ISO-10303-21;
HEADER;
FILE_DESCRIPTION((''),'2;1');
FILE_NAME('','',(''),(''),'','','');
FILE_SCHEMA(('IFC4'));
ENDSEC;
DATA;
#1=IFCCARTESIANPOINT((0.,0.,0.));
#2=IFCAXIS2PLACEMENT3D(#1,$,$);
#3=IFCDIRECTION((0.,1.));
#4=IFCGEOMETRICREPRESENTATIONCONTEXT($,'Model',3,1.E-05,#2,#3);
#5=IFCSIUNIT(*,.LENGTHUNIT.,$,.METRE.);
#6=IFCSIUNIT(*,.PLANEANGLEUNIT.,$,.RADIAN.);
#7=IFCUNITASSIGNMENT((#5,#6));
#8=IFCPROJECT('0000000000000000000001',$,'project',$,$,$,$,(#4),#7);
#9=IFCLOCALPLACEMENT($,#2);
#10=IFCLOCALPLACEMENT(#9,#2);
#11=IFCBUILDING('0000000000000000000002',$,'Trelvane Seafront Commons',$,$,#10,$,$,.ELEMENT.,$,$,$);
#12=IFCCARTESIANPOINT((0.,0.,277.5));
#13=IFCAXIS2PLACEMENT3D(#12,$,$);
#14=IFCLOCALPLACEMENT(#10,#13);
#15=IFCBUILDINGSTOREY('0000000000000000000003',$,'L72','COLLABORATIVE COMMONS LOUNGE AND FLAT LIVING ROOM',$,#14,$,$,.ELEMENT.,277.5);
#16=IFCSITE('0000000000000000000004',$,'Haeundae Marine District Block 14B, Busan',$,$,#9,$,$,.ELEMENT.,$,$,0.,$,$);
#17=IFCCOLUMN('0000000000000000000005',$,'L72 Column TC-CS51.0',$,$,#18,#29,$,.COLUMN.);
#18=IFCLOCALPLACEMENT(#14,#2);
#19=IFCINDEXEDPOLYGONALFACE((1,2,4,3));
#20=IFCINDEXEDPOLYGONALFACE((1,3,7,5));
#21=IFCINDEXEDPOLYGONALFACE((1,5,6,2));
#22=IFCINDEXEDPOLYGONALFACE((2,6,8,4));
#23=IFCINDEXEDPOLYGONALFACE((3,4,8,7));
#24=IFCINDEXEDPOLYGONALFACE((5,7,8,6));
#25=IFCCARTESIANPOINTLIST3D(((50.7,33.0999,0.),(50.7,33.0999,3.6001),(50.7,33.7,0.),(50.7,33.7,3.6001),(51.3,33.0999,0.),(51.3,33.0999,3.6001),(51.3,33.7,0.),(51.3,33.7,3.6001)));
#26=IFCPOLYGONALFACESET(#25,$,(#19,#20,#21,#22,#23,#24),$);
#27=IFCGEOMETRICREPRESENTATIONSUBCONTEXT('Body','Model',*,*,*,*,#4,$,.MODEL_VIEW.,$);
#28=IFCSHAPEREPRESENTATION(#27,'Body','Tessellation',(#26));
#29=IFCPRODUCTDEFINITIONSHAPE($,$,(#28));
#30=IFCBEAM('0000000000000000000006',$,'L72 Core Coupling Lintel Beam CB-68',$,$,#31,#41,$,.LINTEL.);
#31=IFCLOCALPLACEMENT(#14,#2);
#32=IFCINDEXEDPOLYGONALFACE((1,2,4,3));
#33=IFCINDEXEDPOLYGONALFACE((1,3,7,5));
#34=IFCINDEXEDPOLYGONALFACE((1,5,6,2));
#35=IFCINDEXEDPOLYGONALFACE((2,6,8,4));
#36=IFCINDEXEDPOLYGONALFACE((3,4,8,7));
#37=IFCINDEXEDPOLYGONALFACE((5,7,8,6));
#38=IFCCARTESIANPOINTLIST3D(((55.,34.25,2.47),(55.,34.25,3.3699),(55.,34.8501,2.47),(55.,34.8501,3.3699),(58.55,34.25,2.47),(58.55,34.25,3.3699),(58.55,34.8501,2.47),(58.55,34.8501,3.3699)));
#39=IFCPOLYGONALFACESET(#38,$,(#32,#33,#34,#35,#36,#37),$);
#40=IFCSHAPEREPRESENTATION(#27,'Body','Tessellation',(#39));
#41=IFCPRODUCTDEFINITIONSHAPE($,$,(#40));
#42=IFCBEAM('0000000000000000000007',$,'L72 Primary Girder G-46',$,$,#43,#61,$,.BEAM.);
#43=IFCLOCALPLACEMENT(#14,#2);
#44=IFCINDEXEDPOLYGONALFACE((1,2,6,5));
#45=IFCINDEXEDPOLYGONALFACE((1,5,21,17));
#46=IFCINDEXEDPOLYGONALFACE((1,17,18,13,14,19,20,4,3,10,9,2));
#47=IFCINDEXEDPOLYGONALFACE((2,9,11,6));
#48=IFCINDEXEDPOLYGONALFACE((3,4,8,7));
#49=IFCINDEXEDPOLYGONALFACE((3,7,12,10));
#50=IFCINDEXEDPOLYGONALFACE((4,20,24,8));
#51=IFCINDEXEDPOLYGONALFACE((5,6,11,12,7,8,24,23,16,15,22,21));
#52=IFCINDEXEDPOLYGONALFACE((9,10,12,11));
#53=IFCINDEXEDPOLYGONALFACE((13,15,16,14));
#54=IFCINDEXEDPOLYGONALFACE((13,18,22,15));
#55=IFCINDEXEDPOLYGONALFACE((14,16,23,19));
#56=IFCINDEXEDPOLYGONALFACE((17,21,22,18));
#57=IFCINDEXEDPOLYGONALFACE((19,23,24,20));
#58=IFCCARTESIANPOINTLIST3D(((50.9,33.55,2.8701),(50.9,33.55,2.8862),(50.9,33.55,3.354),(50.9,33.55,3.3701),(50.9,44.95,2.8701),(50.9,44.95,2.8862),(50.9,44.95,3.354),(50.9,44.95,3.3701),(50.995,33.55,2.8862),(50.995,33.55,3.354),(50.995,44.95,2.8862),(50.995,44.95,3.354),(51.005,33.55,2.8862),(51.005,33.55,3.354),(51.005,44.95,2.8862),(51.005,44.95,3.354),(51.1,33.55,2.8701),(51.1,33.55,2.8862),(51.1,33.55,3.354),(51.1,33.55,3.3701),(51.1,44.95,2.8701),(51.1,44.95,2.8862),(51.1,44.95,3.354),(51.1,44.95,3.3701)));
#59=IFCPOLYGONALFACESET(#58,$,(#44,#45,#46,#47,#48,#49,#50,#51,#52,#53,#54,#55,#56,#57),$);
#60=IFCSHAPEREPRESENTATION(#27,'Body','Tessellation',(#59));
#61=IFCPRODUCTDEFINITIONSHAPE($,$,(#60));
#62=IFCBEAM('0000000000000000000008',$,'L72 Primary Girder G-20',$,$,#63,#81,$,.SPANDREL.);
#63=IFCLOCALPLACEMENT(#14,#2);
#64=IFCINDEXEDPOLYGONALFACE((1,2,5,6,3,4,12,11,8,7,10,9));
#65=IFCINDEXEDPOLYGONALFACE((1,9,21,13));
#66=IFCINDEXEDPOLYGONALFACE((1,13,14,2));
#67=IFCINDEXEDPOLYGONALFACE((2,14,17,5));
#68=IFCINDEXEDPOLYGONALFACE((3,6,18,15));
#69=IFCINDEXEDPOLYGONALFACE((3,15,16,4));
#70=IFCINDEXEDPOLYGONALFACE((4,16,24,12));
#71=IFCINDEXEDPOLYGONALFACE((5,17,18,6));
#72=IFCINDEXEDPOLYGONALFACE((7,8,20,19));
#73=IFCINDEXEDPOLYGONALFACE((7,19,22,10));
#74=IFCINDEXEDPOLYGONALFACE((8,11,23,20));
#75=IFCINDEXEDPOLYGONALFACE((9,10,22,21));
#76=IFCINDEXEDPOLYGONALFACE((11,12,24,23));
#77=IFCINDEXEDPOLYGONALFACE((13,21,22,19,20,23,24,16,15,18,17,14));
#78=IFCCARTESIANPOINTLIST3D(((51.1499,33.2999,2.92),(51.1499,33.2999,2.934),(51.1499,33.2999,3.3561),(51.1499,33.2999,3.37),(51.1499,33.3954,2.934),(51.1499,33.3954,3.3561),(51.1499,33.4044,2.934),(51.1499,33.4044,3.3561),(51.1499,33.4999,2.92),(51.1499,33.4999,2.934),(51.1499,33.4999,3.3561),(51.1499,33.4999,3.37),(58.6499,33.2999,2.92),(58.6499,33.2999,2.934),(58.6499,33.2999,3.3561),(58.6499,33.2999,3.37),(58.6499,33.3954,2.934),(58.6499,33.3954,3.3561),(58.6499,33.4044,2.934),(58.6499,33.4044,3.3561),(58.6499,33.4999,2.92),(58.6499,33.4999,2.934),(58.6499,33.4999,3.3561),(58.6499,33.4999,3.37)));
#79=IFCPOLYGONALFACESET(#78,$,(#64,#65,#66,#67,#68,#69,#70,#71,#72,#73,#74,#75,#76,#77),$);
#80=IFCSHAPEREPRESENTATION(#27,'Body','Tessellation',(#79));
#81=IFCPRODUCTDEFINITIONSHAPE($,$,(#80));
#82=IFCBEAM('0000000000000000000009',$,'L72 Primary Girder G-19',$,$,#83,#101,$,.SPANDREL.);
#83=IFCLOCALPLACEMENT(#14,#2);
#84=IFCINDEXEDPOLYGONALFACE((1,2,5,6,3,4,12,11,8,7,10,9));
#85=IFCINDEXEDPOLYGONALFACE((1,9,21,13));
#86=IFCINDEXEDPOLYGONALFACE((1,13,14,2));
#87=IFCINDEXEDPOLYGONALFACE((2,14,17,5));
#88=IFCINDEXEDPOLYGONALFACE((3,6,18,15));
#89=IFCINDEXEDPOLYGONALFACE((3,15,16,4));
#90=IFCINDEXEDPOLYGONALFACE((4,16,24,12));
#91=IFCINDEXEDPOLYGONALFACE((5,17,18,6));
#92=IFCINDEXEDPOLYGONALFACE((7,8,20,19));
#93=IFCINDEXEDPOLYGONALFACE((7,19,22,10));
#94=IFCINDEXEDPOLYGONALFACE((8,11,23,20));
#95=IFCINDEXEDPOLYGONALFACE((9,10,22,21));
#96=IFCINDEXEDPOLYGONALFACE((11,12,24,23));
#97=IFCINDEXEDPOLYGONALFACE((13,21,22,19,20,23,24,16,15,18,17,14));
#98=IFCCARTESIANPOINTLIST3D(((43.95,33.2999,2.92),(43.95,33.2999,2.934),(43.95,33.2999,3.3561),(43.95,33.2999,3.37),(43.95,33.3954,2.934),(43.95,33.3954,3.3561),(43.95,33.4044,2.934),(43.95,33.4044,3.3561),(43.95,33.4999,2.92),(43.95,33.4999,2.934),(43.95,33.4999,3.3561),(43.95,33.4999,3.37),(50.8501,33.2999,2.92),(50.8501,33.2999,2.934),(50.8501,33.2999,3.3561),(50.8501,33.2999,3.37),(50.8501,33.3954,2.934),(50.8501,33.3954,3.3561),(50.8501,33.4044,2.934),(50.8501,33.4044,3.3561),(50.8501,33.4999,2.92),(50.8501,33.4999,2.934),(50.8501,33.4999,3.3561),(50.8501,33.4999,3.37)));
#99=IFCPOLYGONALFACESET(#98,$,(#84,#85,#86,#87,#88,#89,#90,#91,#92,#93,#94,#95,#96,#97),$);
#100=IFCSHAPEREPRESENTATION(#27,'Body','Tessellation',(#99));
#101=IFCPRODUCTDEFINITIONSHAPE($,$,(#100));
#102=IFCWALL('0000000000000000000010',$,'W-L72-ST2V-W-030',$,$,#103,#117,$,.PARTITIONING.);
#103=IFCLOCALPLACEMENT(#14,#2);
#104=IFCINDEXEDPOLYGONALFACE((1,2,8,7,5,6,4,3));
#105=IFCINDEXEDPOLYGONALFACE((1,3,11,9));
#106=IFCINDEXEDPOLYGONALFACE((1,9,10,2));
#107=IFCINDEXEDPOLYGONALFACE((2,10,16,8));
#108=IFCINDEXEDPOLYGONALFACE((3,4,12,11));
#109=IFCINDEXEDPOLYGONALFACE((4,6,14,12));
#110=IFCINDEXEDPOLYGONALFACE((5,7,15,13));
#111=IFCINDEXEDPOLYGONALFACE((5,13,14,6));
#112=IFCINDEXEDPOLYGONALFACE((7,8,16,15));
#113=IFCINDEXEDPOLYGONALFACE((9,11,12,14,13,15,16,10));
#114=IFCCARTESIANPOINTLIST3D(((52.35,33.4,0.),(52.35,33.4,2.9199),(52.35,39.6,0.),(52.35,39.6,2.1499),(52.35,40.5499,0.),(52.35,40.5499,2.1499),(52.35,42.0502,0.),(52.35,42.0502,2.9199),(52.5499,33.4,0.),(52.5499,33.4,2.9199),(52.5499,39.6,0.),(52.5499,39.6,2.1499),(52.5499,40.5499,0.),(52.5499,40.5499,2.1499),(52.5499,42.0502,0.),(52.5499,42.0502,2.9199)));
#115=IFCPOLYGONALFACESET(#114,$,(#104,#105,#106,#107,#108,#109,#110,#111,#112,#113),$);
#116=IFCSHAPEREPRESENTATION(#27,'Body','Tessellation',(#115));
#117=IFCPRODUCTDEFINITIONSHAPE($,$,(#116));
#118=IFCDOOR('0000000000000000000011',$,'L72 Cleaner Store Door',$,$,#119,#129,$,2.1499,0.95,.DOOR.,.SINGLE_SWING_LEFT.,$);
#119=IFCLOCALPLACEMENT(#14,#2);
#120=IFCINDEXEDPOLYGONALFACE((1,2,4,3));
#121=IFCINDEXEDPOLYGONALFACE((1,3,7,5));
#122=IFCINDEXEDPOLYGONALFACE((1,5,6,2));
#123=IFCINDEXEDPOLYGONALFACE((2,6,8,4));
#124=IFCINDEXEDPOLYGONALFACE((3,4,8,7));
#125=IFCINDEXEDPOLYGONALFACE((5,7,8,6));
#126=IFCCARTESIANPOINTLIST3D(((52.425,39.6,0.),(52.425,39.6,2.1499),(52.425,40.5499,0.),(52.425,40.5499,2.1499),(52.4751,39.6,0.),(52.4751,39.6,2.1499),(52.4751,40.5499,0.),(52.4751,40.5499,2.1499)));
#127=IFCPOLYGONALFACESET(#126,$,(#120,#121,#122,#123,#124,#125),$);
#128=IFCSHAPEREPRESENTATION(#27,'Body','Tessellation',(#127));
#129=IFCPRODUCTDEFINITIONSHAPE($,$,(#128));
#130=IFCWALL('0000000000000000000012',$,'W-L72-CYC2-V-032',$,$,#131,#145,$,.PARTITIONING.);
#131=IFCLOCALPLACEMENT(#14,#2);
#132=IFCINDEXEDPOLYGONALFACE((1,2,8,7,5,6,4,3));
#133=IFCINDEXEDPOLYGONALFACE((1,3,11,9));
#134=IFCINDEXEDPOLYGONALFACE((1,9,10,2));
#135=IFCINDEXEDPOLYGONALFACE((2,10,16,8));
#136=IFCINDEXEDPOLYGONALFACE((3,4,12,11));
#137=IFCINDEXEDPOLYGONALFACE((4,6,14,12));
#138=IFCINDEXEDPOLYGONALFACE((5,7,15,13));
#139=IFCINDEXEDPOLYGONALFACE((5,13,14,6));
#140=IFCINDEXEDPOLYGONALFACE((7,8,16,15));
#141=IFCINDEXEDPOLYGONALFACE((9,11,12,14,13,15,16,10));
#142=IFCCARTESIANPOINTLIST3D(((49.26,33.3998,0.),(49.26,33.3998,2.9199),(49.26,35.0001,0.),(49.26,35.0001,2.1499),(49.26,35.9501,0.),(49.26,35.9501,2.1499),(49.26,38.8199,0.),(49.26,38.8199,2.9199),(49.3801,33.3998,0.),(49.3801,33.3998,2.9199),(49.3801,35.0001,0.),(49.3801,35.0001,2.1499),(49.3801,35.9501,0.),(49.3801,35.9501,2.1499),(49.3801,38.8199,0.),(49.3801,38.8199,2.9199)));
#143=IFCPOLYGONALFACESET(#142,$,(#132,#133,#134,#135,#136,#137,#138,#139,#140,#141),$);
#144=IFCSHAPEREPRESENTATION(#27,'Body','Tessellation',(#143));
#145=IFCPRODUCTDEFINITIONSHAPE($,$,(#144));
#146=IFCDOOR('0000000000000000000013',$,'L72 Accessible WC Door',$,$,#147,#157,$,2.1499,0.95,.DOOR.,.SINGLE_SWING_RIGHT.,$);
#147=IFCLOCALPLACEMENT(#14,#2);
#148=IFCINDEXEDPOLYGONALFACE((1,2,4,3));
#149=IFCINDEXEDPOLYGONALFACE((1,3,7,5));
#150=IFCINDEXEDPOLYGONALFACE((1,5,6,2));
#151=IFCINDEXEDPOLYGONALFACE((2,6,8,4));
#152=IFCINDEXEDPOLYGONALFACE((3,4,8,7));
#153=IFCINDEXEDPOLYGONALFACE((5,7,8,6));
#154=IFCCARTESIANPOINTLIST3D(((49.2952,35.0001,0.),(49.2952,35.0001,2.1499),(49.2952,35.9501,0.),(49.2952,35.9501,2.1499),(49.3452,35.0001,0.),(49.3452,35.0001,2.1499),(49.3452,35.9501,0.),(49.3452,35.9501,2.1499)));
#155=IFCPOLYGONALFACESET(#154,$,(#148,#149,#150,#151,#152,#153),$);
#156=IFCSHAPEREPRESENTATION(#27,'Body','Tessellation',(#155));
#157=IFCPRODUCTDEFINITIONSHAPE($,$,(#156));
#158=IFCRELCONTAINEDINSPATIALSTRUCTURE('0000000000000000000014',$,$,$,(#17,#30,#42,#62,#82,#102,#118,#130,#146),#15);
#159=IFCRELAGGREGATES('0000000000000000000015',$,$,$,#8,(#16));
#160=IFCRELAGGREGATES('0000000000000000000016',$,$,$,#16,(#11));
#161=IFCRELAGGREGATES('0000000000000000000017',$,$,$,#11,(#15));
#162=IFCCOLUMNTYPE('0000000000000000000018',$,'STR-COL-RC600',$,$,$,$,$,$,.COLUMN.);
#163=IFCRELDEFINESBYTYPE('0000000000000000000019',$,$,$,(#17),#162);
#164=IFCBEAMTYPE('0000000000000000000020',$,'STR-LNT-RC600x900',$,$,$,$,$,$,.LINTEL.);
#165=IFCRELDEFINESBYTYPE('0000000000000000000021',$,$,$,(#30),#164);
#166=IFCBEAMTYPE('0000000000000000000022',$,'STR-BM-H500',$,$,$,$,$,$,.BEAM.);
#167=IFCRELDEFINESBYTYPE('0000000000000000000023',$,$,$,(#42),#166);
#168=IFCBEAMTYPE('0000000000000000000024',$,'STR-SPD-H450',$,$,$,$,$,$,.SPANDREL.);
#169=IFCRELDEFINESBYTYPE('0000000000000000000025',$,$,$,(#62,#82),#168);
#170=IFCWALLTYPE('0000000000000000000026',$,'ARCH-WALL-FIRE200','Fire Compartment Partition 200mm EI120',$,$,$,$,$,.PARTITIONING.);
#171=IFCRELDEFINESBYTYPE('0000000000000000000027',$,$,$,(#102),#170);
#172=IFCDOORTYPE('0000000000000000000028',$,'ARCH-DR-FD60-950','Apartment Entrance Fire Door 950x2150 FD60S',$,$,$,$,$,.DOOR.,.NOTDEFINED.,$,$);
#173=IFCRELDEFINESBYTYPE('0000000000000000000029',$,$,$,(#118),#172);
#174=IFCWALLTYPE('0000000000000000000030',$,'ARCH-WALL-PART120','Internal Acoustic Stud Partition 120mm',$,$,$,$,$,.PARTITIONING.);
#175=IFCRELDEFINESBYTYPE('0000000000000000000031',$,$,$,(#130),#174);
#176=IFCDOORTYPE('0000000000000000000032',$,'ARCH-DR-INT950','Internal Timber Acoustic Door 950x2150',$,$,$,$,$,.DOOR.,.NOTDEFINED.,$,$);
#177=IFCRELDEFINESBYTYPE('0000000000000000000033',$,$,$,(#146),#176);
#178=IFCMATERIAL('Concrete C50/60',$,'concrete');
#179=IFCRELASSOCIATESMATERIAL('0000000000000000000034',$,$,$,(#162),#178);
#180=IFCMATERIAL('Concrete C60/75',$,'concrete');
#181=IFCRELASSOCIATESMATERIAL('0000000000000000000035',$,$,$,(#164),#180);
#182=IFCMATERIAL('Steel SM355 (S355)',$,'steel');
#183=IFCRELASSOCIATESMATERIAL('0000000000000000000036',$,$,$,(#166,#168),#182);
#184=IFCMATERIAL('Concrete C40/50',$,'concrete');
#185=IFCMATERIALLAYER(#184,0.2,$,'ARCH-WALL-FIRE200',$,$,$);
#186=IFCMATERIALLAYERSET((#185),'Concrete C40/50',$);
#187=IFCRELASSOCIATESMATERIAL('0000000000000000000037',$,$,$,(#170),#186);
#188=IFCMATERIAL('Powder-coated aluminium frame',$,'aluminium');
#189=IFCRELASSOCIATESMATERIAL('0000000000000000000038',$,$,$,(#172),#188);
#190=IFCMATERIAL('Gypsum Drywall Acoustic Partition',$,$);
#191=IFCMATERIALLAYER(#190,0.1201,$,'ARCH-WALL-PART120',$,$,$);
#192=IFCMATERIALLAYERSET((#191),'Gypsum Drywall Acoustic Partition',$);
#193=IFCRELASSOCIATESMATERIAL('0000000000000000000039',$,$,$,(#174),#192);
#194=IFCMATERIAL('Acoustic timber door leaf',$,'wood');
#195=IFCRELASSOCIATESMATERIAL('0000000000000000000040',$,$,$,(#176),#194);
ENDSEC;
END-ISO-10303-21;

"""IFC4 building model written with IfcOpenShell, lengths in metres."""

from ifc_helpers import new_model, si_unit, direction, frame, frame_2d, origin, origin_2d, place, context, subcontext, project, spatial, rectangle, i_section, extrude, source, transform, mapped, material, layer, layer_set, material_profile, profile_set, type_object, element, fill, save


model = new_model("IFC4")

# Units and contexts
model_context = context("Model", 3, precision=1e-05, world=origin(), true_north=direction((0.0, 1.0)))
body_context = subcontext(model_context, "Body", "Model", "MODEL_VIEW")
ifc_project = project(units=[si_unit("LENGTHUNIT", "METRE"), si_unit("PLANEANGLEUNIT", "RADIAN")], contexts=[model_context])

# Site, building, storey
site_placement = place(None, origin())
site = spatial("IfcSite", under=ifc_project, at=site_placement, Name="Haeundae Marine District Block 14B, Busan", CompositionType="ELEMENT", RefElevation=0.0)
building_placement = place(site_placement, origin())
building = spatial("IfcBuilding", under=site, at=building_placement, Name="Trelvane Seafront Commons", CompositionType="ELEMENT")
storey_placement = place(building_placement, frame((0.0, 0.0, 277.5)))
storey = spatial("IfcBuildingStorey", under=building, at=storey_placement, Name="L72", Description="COLLABORATIVE COMMONS LOUNGE AND FLAT LIVING ROOM", CompositionType="ELEMENT", Elevation=277.5)

# Column
ifc_material_1 = material(Name="Concrete C50/60", Category="concrete")
ifc_material_profile_1 = material_profile(ifc_material_1, rectangle(XDim=0.6001, YDim=0.6001, at=origin_2d()), Name="RC-600x600")
ifc_profile_set_1 = profile_set([ifc_material_profile_1], Name="Concrete C50/60")
column_type = type_object("IfcColumnType", Name="STR-COL-RC600", PredefinedType="COLUMN", material=ifc_profile_set_1)
shared_shape_1 = source(origin(), body_context, "Body", "SweptSolid", [
    extrude(rectangle(XDim=0.6001, YDim=0.6001, at=origin_2d()), origin(), (0.0, 0.0, 1.0), 3.6001),
])
column_placement = place(storey_placement, frame((51.0, 33.3999, 0.0), z_axis=(0.0, 0.0, 1.0), x_axis=(1.0, 0.0, 0.0)))
element("IfcColumn", 1, at=column_placement, inside=storey, type_object=column_type, Name="L72 Column TC-CS51.0", PredefinedType="COLUMN", context=body_context, shape_type="MappedRepresentation", body=[
    mapped(shared_shape_1, transform((0.0, 0.0, 0.0), x_axis=(1.0, 0.0, 0.0), y_axis=(0.0, 1.0, 0.0), z_axis=(0.0, 0.0, 1.0), scale=1.0)),
])

# Beams
ifc_material_2 = material(Name="Concrete C60/75", Category="concrete")
ifc_material_profile_2 = material_profile(ifc_material_2, rectangle(XDim=0.6001, YDim=0.8999, at=origin_2d()), Name="RC-600x900")
ifc_profile_set_2 = profile_set([ifc_material_profile_2], Name="Concrete C60/75")
beam_type_1 = type_object("IfcBeamType", Name="STR-LNT-RC600x900", PredefinedType="LINTEL", material=ifc_profile_set_2)
shared_shape_2 = source(origin(), body_context, "Body", "SweptSolid", [
    extrude(rectangle(XDim=0.6001, YDim=0.8999, at=origin_2d()), origin(), (0.0, 0.0, 1.0), 3.55),
])
beam_1_placement = place(storey_placement, frame((55.0, 34.55, 2.9199), z_axis=(1.0, 0.0, 0.0), x_axis=(0.0, 1.0, 0.0)))
element("IfcBeam", 2, at=beam_1_placement, inside=storey, type_object=beam_type_1, Name="L72 Core Coupling Lintel Beam CB-68", PredefinedType="LINTEL", context=body_context, shape_type="MappedRepresentation", body=[
    mapped(shared_shape_2, transform((0.0, 0.0, 0.0), x_axis=(1.0, 0.0, 0.0), y_axis=(0.0, 1.0, 0.0), z_axis=(0.0, 0.0, 1.0), scale=1.0)),
])
ifc_material_3 = material(Name="Steel SM355 (S355)", Category="steel")
ifc_material_profile_3 = material_profile(ifc_material_3, i_section(OverallWidth=0.2, OverallDepth=0.5, WebThickness=0.01, FlangeThickness=0.0161, at=origin_2d()), Name="H-500x200x10x16")
ifc_profile_set_3 = profile_set([ifc_material_profile_3], Name="Steel SM355 (S355)")
beam_type_2 = type_object("IfcBeamType", Name="STR-BM-H500", PredefinedType="BEAM", material=ifc_profile_set_3)
shared_shape_3 = source(origin(), body_context, "Body", "SweptSolid", [
    extrude(i_section(OverallWidth=0.2, OverallDepth=0.5, WebThickness=0.01, FlangeThickness=0.0161, at=origin_2d()), origin(), (0.0, 0.0, 1.0), 11.3999),
])
beam_2_placement = place(storey_placement, frame((51.0, 33.55, 3.1201), z_axis=(0.0, 1.0, 0.0), x_axis=(-1.0, 0.0, 0.0)))
element("IfcBeam", 3, at=beam_2_placement, inside=storey, type_object=beam_type_2, Name="L72 Primary Girder G-46", PredefinedType="BEAM", context=body_context, shape_type="MappedRepresentation", body=[
    mapped(shared_shape_3, transform((0.0, 0.0, 0.0), x_axis=(1.0, 0.0, 0.0), y_axis=(0.0, 1.0, 0.0), z_axis=(0.0, 0.0, 1.0), scale=1.0)),
])
ifc_material_profile_4 = material_profile(ifc_material_3, i_section(OverallWidth=0.2, OverallDepth=0.45, WebThickness=0.009, FlangeThickness=0.0139, at=origin_2d()), Name="H-450x200x9x14")
ifc_profile_set_4 = profile_set([ifc_material_profile_4], Name="Steel SM355 (S355)")
beam_type_3 = type_object("IfcBeamType", Name="STR-SPD-H450", PredefinedType="SPANDREL", material=ifc_profile_set_4)
shared_shape_4 = source(origin(), body_context, "Body", "SweptSolid", [
    extrude(i_section(OverallWidth=0.2, OverallDepth=0.45, WebThickness=0.009, FlangeThickness=0.0139, at=origin_2d()), origin(), (0.0, 0.0, 1.0), 7.5),
])
beam_3_placement = place(storey_placement, frame((51.1499, 33.3999, 3.145), z_axis=(1.0, 0.0, 0.0), x_axis=(0.0, 1.0, 0.0)))
element("IfcBeam", 4, at=beam_3_placement, inside=storey, type_object=beam_type_3, Name="L72 Primary Girder G-20", PredefinedType="SPANDREL", context=body_context, shape_type="MappedRepresentation", body=[
    mapped(shared_shape_4, transform((0.0, 0.0, 0.0), x_axis=(1.0, 0.0, 0.0), y_axis=(0.0, 1.0, 0.0), z_axis=(0.0, 0.0, 1.0), scale=1.0)),
])
shared_shape_5 = source(origin(), body_context, "Body", "SweptSolid", [
    extrude(i_section(OverallWidth=0.2, OverallDepth=0.45, WebThickness=0.009, FlangeThickness=0.0139, at=origin_2d()), origin(), (0.0, 0.0, 1.0), 6.9001),
])
beam_4_placement = place(storey_placement, frame((43.95, 33.3999, 3.145), z_axis=(1.0, 0.0, 0.0), x_axis=(0.0, 1.0, 0.0)))
element("IfcBeam", 5, at=beam_4_placement, inside=storey, type_object=beam_type_3, Name="L72 Primary Girder G-19", PredefinedType="SPANDREL", context=body_context, shape_type="MappedRepresentation", body=[
    mapped(shared_shape_5, transform((0.0, 0.0, 0.0), x_axis=(1.0, 0.0, 0.0), y_axis=(0.0, 1.0, 0.0), z_axis=(0.0, 0.0, 1.0), scale=1.0)),
])

# Wall, opening, door
ifc_material_4 = material(Name="Concrete C40/50", Category="concrete")
ifc_layer_1 = layer(ifc_material_4, 0.2, Name="ARCH-WALL-FIRE200")
ifc_layer_set_1 = layer_set([ifc_layer_1], Name="Concrete C40/50")
wall_type_1 = type_object("IfcWallType", Name="ARCH-WALL-FIRE200", Description="Fire Compartment Partition 200mm EI120", PredefinedType="PARTITIONING", material=ifc_layer_set_1)
wall_1_placement = place(storey_placement, frame((52.45, 33.3999, 0.0), z_axis=(0.0, 0.0, 1.0), x_axis=(0.0, 1.0, 0.0)))
wall_1 = element("IfcWall", 6, at=wall_1_placement, inside=storey, type_object=wall_type_1, Name="W-L72-ST2V-W-030", PredefinedType="PARTITIONING", context=body_context, shape_type="SweptSolid", body=[
    extrude(rectangle(XDim=8.6501, YDim=0.2, at=frame_2d((4.3252, 0.0))), origin(), (0.0, 0.0, 1.0), 2.9199),
])
opening_1_placement = place(wall_1_placement, frame((6.2, 0.0, 0.0)))
opening_1 = element("IfcOpeningElement", 7, at=opening_1_placement, cuts=wall_1, PredefinedType="OPENING", context=body_context, shape_type="SweptSolid", body=[
    extrude(rectangle(XDim=0.95, YDim=2.1499, at=frame_2d((0.4751, 1.075))), frame((0.0, 0.1099, 0.0), z_axis=(0.0, -1.0, 0.0), x_axis=(1.0, 0.0, 0.0)), (0.0, 0.0, 1.0), 0.22),
])
ifc_material_5 = material(Name="Powder-coated aluminium frame", Category="aluminium")
door_type_1 = type_object("IfcDoorType", Name="ARCH-DR-FD60-950", Description="Apartment Entrance Fire Door 950x2150 FD60S", OperationType="NOTDEFINED", PredefinedType="DOOR", material=ifc_material_5)
shared_shape_6 = source(origin(), body_context, "Body", "SweptSolid", [
    extrude(rectangle(XDim=0.95, YDim=2.1499, at=frame_2d((0.4751, 1.075))), frame((0.0, 0.0249, 0.0), z_axis=(0.0, -1.0, 0.0), x_axis=(1.0, 0.0, 0.0)), (0.0, 0.0, 1.0), 0.05),
])
door_1_placement = place(opening_1_placement, origin())
door_1 = element("IfcDoor", 8, at=door_1_placement, inside=storey, type_object=door_type_1, Name="L72 Cleaner Store Door", OperationType="SINGLE_SWING_LEFT", OverallHeight=2.1499, OverallWidth=0.95, PredefinedType="DOOR", context=body_context, shape_type="MappedRepresentation", body=[
    mapped(shared_shape_6, transform((0.0, 0.0, 0.0), x_axis=(1.0, 0.0, 0.0), y_axis=(0.0, 1.0, 0.0), z_axis=(0.0, 0.0, 1.0), scale=1.0)),
])
fill(opening_1, door_1)

# Wall, opening, door
ifc_material_6 = material(Name="Gypsum Drywall Acoustic Partition")
ifc_layer_2 = layer(ifc_material_6, 0.1201, Name="ARCH-WALL-PART120")
ifc_layer_set_2 = layer_set([ifc_layer_2], Name="Gypsum Drywall Acoustic Partition")
wall_type_2 = type_object("IfcWallType", Name="ARCH-WALL-PART120", Description="Internal Acoustic Stud Partition 120mm", PredefinedType="PARTITIONING", material=ifc_layer_set_2)
wall_2_placement = place(storey_placement, frame((49.3201, 33.3999, 0.0), z_axis=(0.0, 0.0, 1.0), x_axis=(0.0, 1.0, 0.0)))
wall_2 = element("IfcWall", 9, at=wall_2_placement, inside=storey, type_object=wall_type_2, Name="W-L72-CYC2-V-032", PredefinedType="PARTITIONING", context=body_context, shape_type="SweptSolid", body=[
    extrude(rectangle(XDim=5.4202, YDim=0.1201, at=frame_2d((2.71, 0.0))), origin(), (0.0, 0.0, 1.0), 2.9199),
])
opening_2_placement = place(wall_2_placement, frame((1.6001, 0.0, 0.0)))
opening_2 = element("IfcOpeningElement", 10, at=opening_2_placement, cuts=wall_2, PredefinedType="OPENING", context=body_context, shape_type="SweptSolid", body=[
    extrude(rectangle(XDim=0.95, YDim=2.1499, at=frame_2d((0.4751, 1.075))), frame((0.0, 0.0701, 0.0), z_axis=(0.0, -1.0, 0.0), x_axis=(1.0, 0.0, 0.0)), (0.0, 0.0, 1.0), 0.1401),
])
ifc_material_7 = material(Name="Acoustic timber door leaf", Category="wood")
door_type_2 = type_object("IfcDoorType", Name="ARCH-DR-INT950", Description="Internal Timber Acoustic Door 950x2150", OperationType="NOTDEFINED", PredefinedType="DOOR", material=ifc_material_7)
door_2_placement = place(opening_2_placement, origin())
door_2 = element("IfcDoor", 11, at=door_2_placement, inside=storey, type_object=door_type_2, Name="L72 Accessible WC Door", OperationType="SINGLE_SWING_RIGHT", OverallHeight=2.1499, OverallWidth=0.95, PredefinedType="DOOR", context=body_context, shape_type="MappedRepresentation", body=[
    mapped(shared_shape_6, transform((0.0, 0.0, 0.0), x_axis=(1.0, 0.0, 0.0), y_axis=(0.0, 1.0, 0.0), z_axis=(0.0, 0.0, 1.0), scale=1.0)),
])
fill(opening_2, door_2)

save(model, "model.ifc")
